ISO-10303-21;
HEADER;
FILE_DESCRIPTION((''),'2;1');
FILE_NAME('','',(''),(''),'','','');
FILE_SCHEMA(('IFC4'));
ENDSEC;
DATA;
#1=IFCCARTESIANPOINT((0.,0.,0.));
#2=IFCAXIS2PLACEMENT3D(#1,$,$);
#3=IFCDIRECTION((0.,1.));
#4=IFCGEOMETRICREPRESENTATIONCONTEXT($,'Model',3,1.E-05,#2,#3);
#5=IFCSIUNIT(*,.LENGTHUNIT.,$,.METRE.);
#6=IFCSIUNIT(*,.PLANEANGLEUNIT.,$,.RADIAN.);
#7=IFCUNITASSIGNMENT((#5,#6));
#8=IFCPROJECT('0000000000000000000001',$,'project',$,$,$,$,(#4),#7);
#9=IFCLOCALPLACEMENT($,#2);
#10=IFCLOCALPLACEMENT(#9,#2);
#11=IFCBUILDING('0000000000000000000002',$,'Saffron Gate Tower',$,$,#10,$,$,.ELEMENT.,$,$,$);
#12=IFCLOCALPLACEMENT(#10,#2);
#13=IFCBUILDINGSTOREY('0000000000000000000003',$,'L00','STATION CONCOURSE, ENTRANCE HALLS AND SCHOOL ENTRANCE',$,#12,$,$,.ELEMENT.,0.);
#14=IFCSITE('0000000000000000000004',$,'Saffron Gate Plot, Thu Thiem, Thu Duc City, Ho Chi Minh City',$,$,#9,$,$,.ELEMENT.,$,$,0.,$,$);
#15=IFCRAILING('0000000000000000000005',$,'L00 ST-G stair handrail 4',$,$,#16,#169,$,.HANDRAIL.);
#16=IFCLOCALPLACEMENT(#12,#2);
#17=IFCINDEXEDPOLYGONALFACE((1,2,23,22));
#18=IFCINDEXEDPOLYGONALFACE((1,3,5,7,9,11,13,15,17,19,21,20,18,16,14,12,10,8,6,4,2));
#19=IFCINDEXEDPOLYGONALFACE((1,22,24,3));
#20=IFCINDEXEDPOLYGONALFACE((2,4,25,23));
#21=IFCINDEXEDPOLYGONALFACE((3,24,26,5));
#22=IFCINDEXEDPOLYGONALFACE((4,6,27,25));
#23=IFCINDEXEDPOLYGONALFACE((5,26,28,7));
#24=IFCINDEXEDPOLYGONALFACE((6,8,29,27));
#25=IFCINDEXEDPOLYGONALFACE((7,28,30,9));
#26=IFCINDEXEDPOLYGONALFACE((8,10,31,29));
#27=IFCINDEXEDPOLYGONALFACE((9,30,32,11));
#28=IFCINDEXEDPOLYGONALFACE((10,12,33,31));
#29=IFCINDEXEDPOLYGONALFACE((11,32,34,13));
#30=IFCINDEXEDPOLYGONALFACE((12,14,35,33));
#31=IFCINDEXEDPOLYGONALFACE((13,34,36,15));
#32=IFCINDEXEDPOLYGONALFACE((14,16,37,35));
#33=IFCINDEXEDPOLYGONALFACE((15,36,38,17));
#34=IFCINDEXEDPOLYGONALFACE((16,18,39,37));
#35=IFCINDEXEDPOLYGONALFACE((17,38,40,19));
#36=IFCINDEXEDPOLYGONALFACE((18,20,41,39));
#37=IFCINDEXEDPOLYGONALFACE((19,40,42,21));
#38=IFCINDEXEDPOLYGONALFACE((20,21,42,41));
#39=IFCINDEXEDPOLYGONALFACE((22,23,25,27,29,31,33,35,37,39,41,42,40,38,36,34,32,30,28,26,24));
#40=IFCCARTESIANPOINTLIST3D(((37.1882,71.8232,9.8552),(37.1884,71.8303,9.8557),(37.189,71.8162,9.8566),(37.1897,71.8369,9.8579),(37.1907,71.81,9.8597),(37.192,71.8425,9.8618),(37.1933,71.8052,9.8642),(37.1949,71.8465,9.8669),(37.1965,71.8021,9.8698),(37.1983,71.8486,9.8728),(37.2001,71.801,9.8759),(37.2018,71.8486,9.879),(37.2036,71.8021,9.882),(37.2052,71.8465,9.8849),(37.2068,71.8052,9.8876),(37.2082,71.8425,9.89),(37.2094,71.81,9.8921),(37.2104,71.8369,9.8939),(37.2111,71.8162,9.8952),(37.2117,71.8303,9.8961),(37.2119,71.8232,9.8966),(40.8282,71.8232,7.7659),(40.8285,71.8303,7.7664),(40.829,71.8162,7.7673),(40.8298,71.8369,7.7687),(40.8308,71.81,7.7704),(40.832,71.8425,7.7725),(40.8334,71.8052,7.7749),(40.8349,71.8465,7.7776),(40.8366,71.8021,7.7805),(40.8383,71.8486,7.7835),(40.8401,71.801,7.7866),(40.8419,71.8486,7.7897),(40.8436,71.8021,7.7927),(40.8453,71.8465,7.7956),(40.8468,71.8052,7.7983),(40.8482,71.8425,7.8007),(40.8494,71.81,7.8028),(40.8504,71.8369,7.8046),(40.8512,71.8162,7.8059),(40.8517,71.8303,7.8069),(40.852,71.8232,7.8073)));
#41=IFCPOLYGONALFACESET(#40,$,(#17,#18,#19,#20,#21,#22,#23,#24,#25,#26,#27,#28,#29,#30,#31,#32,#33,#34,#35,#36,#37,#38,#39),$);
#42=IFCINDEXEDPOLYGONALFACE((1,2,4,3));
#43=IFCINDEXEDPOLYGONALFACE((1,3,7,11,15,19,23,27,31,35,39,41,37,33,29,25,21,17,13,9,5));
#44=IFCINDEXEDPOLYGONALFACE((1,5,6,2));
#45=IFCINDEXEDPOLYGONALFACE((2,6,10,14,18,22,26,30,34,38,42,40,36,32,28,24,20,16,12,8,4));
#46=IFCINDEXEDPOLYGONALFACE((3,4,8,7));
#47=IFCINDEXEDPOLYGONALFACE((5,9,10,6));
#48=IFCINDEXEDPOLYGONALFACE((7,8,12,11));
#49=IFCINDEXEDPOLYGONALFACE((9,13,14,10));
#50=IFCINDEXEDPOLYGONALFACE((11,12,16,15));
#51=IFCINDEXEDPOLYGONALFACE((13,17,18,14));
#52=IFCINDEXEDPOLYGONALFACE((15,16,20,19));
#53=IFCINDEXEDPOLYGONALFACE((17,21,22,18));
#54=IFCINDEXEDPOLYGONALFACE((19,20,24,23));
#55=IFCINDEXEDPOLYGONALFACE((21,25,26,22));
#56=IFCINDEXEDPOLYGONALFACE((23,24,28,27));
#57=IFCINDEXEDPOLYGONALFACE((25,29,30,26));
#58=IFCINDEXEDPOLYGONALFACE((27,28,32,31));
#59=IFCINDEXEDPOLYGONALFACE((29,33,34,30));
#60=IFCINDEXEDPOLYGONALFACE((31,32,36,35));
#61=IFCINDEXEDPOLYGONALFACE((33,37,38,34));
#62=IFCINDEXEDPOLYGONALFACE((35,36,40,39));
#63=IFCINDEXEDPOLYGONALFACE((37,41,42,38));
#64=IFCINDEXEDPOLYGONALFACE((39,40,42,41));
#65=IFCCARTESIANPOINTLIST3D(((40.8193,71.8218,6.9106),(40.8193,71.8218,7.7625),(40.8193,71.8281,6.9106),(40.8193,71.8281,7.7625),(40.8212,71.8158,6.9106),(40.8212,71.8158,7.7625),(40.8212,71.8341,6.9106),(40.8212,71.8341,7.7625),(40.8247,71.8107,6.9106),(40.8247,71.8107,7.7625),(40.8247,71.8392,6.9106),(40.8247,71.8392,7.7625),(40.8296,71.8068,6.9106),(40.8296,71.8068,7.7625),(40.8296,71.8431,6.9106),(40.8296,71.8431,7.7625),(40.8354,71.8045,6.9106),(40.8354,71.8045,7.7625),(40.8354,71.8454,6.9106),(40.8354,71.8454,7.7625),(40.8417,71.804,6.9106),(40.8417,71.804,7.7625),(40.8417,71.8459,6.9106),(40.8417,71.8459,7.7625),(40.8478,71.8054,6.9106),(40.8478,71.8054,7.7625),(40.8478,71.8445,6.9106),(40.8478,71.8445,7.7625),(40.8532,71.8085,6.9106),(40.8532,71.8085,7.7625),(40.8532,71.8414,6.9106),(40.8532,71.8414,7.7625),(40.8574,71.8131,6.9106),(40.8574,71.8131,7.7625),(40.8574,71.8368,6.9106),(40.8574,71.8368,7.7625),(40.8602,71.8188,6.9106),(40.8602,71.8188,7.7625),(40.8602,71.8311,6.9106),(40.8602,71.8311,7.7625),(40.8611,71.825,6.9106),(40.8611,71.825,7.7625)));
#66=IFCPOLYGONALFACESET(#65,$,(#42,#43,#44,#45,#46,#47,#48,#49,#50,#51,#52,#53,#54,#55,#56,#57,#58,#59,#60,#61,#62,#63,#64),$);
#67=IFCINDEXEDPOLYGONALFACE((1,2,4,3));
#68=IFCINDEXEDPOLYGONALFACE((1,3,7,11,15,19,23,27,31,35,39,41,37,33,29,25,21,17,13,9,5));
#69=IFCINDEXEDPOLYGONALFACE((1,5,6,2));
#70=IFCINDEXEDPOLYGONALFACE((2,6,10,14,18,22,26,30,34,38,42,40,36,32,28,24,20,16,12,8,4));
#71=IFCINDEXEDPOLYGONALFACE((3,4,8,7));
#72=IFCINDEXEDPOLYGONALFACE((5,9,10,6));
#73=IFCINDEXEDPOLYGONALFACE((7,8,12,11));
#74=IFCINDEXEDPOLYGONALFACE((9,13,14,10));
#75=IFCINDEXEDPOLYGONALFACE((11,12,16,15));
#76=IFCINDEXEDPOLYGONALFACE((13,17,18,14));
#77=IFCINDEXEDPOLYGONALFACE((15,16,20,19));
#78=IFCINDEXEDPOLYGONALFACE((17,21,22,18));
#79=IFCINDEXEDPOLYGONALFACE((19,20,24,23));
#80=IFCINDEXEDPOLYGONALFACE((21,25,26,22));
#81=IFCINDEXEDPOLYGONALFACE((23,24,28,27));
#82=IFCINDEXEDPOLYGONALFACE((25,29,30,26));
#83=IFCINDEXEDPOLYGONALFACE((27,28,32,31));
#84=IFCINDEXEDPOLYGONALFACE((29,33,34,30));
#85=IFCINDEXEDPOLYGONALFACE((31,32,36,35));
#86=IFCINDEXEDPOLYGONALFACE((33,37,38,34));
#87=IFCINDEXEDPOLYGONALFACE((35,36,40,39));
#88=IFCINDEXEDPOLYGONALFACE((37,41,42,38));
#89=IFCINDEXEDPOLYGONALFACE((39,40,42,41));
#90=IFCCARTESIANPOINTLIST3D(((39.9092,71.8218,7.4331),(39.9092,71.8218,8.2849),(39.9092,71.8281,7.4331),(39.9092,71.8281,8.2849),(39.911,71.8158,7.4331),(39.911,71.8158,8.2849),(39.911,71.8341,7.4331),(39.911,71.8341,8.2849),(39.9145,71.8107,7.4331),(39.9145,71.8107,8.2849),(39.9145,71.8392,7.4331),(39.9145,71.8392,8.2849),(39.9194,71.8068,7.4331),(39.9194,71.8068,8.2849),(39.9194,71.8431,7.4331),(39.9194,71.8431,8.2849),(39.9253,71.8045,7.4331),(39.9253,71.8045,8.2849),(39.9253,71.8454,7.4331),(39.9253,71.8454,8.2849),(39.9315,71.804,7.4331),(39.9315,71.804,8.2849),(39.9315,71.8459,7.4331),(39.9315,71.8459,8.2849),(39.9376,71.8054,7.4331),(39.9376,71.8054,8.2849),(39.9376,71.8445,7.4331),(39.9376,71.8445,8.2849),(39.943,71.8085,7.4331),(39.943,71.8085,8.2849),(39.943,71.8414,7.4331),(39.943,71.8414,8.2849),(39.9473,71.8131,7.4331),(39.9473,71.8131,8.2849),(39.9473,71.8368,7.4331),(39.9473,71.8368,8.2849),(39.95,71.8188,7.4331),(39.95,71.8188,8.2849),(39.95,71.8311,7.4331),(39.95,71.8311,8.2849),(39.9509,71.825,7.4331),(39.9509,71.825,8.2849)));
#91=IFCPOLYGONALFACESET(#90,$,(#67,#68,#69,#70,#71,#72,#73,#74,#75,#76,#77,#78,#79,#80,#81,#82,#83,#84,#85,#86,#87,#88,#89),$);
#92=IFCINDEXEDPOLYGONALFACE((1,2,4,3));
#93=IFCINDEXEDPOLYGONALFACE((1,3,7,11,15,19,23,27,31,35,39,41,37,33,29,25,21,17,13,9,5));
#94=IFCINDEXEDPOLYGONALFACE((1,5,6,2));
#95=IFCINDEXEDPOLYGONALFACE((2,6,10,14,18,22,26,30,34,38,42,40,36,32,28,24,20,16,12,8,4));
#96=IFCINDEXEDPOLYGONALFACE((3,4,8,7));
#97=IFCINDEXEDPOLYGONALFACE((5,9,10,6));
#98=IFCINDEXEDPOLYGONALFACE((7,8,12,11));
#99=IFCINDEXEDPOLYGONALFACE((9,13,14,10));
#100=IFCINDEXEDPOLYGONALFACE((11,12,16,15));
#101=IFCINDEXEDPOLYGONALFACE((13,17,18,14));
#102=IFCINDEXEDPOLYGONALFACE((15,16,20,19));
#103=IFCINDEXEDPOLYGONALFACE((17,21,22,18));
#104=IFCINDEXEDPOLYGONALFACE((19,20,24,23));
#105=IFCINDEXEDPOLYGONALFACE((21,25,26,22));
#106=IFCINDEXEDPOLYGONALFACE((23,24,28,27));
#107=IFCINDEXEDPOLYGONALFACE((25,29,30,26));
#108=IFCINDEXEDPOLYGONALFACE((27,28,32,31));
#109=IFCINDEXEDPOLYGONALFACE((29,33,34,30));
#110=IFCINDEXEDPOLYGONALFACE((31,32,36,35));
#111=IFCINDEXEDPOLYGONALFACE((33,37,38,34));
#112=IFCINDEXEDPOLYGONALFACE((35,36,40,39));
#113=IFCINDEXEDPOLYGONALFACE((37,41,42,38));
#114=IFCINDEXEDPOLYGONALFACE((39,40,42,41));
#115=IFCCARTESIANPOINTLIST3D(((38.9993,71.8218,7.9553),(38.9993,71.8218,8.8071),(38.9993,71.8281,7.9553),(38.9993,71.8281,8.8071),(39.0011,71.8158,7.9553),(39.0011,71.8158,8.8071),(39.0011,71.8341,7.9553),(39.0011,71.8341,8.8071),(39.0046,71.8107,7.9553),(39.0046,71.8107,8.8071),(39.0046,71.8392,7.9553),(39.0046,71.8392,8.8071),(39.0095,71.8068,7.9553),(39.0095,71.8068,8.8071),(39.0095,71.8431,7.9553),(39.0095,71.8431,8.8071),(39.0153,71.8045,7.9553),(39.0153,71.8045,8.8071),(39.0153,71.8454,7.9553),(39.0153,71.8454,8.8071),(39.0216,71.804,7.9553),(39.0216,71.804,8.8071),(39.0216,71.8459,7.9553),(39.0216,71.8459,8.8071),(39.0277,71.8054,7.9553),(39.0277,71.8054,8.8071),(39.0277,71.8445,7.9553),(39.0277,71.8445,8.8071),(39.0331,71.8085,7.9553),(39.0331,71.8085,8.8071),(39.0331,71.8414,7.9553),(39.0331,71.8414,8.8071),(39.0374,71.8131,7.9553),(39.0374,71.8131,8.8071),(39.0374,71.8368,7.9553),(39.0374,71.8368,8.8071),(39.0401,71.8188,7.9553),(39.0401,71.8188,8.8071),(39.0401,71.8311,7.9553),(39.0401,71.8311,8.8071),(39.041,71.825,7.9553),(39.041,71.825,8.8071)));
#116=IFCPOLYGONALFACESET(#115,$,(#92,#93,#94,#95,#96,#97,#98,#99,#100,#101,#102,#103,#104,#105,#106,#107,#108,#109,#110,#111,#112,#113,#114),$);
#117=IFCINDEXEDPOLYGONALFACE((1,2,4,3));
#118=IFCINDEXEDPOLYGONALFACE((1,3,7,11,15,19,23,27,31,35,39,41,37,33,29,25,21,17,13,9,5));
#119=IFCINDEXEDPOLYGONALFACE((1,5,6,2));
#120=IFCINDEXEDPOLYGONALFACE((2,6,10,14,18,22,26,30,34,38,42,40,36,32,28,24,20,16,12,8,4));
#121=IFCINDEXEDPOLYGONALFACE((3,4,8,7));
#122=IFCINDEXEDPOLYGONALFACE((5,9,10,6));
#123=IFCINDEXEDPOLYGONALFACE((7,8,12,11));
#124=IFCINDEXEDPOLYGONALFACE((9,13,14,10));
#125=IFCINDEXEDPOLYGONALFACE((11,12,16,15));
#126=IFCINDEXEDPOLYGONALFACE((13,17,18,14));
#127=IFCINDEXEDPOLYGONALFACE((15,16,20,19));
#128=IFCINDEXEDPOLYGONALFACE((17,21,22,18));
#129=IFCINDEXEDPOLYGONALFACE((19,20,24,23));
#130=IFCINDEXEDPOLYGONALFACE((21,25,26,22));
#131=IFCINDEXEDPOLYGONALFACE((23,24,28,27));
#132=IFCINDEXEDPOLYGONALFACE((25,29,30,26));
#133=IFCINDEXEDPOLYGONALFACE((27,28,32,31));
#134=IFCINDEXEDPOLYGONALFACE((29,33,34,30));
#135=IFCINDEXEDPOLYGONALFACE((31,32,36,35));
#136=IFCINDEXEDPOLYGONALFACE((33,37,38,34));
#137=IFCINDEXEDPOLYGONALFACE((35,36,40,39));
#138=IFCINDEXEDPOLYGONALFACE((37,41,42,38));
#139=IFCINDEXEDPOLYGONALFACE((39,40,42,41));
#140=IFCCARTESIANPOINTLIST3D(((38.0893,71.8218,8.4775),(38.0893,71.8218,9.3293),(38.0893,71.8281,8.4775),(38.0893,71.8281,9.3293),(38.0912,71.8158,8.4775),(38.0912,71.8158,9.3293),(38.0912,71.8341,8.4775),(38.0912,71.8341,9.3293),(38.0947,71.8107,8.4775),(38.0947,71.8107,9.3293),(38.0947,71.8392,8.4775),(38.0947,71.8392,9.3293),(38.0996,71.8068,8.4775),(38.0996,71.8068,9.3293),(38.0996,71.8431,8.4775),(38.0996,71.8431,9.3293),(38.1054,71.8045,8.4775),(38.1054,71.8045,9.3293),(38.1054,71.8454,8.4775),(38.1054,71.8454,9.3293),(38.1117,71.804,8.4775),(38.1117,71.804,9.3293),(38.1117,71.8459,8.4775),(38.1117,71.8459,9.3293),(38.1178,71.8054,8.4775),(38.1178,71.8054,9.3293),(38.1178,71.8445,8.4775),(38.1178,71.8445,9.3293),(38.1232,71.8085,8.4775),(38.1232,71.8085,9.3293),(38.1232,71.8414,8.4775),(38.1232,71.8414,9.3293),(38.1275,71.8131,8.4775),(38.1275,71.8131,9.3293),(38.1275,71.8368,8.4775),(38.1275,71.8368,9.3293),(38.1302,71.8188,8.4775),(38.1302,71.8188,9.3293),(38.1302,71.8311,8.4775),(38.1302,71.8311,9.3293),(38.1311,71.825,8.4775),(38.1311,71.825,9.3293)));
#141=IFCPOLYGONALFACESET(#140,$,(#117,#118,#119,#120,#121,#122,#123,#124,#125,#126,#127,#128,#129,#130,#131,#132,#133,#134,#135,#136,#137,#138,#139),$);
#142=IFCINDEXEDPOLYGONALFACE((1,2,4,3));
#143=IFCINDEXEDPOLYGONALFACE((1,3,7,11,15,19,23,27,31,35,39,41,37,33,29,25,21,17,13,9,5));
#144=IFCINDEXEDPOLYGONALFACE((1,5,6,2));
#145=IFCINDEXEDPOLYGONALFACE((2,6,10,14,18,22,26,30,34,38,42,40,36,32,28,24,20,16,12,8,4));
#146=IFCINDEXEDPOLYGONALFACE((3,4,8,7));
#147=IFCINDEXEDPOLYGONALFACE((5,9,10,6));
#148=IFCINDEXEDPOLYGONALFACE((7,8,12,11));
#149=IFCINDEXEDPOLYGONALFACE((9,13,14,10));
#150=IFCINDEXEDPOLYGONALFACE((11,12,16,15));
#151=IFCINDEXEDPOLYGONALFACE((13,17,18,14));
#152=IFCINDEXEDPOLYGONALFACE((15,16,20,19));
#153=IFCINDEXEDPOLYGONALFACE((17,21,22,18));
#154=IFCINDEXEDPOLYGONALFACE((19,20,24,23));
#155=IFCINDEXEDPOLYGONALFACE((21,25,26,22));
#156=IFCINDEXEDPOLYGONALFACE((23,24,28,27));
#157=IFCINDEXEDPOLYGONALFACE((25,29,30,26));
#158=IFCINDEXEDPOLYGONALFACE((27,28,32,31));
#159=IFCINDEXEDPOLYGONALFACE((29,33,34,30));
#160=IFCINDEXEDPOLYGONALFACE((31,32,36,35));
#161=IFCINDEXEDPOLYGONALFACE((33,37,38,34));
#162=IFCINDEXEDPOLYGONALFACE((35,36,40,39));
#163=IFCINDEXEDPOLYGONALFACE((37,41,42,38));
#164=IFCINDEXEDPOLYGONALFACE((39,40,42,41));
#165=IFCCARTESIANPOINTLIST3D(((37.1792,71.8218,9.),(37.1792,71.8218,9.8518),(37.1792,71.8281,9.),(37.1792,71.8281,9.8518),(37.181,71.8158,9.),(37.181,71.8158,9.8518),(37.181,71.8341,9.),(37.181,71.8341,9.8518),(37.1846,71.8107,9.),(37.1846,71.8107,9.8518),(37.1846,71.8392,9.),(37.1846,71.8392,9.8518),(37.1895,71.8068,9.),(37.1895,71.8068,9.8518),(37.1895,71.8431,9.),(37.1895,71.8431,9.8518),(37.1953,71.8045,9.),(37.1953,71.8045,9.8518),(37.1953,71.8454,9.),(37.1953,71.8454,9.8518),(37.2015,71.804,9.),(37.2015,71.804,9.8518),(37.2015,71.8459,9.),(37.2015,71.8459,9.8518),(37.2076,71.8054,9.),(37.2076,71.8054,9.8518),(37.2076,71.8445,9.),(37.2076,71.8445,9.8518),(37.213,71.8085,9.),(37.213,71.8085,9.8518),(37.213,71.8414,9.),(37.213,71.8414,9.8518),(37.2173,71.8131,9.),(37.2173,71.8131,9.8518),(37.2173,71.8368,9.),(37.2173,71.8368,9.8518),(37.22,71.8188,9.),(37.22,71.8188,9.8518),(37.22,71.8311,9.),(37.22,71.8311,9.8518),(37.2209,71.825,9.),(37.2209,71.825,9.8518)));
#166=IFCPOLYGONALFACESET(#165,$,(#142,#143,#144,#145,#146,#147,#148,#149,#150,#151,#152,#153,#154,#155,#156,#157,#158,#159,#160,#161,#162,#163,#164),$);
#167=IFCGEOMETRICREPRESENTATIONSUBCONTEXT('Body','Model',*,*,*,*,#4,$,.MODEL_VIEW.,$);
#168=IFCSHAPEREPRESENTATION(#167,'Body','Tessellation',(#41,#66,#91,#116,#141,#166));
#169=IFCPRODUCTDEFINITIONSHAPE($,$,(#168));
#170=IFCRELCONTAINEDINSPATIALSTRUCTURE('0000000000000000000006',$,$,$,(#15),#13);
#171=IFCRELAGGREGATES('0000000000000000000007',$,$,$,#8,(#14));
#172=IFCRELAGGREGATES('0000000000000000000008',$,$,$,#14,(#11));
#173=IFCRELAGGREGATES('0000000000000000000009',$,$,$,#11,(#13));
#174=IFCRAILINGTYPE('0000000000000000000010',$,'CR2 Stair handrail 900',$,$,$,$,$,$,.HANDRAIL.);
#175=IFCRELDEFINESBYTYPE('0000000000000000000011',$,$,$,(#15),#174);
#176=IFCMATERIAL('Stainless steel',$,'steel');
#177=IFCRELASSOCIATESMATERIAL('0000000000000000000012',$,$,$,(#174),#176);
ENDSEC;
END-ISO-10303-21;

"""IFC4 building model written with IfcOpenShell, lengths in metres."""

from ifc_helpers import new_model, si_unit, direction, frame, origin, origin_2d, place, context, subcontext, project, spatial, circle, extrude, material, type_object, element, save


model = new_model("IFC4")

# Units and contexts
model_context = context("Model", 3, precision=1e-05, world=origin(), true_north=direction((0.0, 1.0)))
body_context = subcontext(model_context, "Body", "Model", "MODEL_VIEW")
ifc_project = project(units=[si_unit("LENGTHUNIT", "METRE"), si_unit("PLANEANGLEUNIT", "RADIAN")], contexts=[model_context])

# Site, building, storey
site_placement = place(None, origin())
site = spatial("IfcSite", under=ifc_project, at=site_placement, Name="Saffron Gate Plot, Thu Thiem, Thu Duc City, Ho Chi Minh City", CompositionType="ELEMENT", RefElevation=0.0)
building_placement = place(site_placement, origin())
building = spatial("IfcBuilding", under=site, at=building_placement, Name="Saffron Gate Tower", CompositionType="ELEMENT")
storey_placement = place(building_placement, origin())
storey = spatial("IfcBuildingStorey", under=building, at=storey_placement, Name="L00", Description="STATION CONCOURSE, ENTRANCE HALLS AND SCHOOL ENTRANCE", CompositionType="ELEMENT", Elevation=0.0)

# Railing
ifc_material_1 = material(Name="Stainless steel", Category="steel")
railing_type_1 = type_object("IfcRailingType", Name="CR2 Stair handrail 900", PredefinedType="HANDRAIL", material=ifc_material_1)
railing_1_placement = place(storey_placement, frame((40.8401, 71.825, 6.9106)))
element("IfcRailing", 1, at=railing_1_placement, inside=storey, type_object=railing_type_1, Name="L00 ST-G stair handrail 4", PredefinedType="HANDRAIL", context=body_context, shape_type="SweptSolid", body=[
    extrude(circle(Radius=0.0239, at=origin_2d()), frame((0.0, 0.0, 0.876), z_axis=(-0.867289, 0.0, 0.497804), x_axis=(0.0, -1.0, 0.0)), (0.0, 0.0, 1.0), 4.197),
    extrude(circle(Radius=0.021, at=origin_2d()), origin(), (0.0, 0.0, 1.0), 0.8518),
    extrude(circle(Radius=0.021, at=origin_2d()), frame((-0.9102, 0.0, 0.5225)), (0.0, 0.0, 1.0), 0.8518),
    extrude(circle(Radius=0.021, at=origin_2d()), frame((-1.8201, 0.0, 1.0447)), (0.0, 0.0, 1.0), 0.8518),
    extrude(circle(Radius=0.021, at=origin_2d()), frame((-2.73, 0.0, 1.5669)), (0.0, 0.0, 1.0), 0.8518),
    extrude(circle(Radius=0.021, at=origin_2d()), frame((-3.6401, 0.0, 2.0894)), (0.0, 0.0, 1.0), 0.8518),
])

save(model, "model.ifc")
